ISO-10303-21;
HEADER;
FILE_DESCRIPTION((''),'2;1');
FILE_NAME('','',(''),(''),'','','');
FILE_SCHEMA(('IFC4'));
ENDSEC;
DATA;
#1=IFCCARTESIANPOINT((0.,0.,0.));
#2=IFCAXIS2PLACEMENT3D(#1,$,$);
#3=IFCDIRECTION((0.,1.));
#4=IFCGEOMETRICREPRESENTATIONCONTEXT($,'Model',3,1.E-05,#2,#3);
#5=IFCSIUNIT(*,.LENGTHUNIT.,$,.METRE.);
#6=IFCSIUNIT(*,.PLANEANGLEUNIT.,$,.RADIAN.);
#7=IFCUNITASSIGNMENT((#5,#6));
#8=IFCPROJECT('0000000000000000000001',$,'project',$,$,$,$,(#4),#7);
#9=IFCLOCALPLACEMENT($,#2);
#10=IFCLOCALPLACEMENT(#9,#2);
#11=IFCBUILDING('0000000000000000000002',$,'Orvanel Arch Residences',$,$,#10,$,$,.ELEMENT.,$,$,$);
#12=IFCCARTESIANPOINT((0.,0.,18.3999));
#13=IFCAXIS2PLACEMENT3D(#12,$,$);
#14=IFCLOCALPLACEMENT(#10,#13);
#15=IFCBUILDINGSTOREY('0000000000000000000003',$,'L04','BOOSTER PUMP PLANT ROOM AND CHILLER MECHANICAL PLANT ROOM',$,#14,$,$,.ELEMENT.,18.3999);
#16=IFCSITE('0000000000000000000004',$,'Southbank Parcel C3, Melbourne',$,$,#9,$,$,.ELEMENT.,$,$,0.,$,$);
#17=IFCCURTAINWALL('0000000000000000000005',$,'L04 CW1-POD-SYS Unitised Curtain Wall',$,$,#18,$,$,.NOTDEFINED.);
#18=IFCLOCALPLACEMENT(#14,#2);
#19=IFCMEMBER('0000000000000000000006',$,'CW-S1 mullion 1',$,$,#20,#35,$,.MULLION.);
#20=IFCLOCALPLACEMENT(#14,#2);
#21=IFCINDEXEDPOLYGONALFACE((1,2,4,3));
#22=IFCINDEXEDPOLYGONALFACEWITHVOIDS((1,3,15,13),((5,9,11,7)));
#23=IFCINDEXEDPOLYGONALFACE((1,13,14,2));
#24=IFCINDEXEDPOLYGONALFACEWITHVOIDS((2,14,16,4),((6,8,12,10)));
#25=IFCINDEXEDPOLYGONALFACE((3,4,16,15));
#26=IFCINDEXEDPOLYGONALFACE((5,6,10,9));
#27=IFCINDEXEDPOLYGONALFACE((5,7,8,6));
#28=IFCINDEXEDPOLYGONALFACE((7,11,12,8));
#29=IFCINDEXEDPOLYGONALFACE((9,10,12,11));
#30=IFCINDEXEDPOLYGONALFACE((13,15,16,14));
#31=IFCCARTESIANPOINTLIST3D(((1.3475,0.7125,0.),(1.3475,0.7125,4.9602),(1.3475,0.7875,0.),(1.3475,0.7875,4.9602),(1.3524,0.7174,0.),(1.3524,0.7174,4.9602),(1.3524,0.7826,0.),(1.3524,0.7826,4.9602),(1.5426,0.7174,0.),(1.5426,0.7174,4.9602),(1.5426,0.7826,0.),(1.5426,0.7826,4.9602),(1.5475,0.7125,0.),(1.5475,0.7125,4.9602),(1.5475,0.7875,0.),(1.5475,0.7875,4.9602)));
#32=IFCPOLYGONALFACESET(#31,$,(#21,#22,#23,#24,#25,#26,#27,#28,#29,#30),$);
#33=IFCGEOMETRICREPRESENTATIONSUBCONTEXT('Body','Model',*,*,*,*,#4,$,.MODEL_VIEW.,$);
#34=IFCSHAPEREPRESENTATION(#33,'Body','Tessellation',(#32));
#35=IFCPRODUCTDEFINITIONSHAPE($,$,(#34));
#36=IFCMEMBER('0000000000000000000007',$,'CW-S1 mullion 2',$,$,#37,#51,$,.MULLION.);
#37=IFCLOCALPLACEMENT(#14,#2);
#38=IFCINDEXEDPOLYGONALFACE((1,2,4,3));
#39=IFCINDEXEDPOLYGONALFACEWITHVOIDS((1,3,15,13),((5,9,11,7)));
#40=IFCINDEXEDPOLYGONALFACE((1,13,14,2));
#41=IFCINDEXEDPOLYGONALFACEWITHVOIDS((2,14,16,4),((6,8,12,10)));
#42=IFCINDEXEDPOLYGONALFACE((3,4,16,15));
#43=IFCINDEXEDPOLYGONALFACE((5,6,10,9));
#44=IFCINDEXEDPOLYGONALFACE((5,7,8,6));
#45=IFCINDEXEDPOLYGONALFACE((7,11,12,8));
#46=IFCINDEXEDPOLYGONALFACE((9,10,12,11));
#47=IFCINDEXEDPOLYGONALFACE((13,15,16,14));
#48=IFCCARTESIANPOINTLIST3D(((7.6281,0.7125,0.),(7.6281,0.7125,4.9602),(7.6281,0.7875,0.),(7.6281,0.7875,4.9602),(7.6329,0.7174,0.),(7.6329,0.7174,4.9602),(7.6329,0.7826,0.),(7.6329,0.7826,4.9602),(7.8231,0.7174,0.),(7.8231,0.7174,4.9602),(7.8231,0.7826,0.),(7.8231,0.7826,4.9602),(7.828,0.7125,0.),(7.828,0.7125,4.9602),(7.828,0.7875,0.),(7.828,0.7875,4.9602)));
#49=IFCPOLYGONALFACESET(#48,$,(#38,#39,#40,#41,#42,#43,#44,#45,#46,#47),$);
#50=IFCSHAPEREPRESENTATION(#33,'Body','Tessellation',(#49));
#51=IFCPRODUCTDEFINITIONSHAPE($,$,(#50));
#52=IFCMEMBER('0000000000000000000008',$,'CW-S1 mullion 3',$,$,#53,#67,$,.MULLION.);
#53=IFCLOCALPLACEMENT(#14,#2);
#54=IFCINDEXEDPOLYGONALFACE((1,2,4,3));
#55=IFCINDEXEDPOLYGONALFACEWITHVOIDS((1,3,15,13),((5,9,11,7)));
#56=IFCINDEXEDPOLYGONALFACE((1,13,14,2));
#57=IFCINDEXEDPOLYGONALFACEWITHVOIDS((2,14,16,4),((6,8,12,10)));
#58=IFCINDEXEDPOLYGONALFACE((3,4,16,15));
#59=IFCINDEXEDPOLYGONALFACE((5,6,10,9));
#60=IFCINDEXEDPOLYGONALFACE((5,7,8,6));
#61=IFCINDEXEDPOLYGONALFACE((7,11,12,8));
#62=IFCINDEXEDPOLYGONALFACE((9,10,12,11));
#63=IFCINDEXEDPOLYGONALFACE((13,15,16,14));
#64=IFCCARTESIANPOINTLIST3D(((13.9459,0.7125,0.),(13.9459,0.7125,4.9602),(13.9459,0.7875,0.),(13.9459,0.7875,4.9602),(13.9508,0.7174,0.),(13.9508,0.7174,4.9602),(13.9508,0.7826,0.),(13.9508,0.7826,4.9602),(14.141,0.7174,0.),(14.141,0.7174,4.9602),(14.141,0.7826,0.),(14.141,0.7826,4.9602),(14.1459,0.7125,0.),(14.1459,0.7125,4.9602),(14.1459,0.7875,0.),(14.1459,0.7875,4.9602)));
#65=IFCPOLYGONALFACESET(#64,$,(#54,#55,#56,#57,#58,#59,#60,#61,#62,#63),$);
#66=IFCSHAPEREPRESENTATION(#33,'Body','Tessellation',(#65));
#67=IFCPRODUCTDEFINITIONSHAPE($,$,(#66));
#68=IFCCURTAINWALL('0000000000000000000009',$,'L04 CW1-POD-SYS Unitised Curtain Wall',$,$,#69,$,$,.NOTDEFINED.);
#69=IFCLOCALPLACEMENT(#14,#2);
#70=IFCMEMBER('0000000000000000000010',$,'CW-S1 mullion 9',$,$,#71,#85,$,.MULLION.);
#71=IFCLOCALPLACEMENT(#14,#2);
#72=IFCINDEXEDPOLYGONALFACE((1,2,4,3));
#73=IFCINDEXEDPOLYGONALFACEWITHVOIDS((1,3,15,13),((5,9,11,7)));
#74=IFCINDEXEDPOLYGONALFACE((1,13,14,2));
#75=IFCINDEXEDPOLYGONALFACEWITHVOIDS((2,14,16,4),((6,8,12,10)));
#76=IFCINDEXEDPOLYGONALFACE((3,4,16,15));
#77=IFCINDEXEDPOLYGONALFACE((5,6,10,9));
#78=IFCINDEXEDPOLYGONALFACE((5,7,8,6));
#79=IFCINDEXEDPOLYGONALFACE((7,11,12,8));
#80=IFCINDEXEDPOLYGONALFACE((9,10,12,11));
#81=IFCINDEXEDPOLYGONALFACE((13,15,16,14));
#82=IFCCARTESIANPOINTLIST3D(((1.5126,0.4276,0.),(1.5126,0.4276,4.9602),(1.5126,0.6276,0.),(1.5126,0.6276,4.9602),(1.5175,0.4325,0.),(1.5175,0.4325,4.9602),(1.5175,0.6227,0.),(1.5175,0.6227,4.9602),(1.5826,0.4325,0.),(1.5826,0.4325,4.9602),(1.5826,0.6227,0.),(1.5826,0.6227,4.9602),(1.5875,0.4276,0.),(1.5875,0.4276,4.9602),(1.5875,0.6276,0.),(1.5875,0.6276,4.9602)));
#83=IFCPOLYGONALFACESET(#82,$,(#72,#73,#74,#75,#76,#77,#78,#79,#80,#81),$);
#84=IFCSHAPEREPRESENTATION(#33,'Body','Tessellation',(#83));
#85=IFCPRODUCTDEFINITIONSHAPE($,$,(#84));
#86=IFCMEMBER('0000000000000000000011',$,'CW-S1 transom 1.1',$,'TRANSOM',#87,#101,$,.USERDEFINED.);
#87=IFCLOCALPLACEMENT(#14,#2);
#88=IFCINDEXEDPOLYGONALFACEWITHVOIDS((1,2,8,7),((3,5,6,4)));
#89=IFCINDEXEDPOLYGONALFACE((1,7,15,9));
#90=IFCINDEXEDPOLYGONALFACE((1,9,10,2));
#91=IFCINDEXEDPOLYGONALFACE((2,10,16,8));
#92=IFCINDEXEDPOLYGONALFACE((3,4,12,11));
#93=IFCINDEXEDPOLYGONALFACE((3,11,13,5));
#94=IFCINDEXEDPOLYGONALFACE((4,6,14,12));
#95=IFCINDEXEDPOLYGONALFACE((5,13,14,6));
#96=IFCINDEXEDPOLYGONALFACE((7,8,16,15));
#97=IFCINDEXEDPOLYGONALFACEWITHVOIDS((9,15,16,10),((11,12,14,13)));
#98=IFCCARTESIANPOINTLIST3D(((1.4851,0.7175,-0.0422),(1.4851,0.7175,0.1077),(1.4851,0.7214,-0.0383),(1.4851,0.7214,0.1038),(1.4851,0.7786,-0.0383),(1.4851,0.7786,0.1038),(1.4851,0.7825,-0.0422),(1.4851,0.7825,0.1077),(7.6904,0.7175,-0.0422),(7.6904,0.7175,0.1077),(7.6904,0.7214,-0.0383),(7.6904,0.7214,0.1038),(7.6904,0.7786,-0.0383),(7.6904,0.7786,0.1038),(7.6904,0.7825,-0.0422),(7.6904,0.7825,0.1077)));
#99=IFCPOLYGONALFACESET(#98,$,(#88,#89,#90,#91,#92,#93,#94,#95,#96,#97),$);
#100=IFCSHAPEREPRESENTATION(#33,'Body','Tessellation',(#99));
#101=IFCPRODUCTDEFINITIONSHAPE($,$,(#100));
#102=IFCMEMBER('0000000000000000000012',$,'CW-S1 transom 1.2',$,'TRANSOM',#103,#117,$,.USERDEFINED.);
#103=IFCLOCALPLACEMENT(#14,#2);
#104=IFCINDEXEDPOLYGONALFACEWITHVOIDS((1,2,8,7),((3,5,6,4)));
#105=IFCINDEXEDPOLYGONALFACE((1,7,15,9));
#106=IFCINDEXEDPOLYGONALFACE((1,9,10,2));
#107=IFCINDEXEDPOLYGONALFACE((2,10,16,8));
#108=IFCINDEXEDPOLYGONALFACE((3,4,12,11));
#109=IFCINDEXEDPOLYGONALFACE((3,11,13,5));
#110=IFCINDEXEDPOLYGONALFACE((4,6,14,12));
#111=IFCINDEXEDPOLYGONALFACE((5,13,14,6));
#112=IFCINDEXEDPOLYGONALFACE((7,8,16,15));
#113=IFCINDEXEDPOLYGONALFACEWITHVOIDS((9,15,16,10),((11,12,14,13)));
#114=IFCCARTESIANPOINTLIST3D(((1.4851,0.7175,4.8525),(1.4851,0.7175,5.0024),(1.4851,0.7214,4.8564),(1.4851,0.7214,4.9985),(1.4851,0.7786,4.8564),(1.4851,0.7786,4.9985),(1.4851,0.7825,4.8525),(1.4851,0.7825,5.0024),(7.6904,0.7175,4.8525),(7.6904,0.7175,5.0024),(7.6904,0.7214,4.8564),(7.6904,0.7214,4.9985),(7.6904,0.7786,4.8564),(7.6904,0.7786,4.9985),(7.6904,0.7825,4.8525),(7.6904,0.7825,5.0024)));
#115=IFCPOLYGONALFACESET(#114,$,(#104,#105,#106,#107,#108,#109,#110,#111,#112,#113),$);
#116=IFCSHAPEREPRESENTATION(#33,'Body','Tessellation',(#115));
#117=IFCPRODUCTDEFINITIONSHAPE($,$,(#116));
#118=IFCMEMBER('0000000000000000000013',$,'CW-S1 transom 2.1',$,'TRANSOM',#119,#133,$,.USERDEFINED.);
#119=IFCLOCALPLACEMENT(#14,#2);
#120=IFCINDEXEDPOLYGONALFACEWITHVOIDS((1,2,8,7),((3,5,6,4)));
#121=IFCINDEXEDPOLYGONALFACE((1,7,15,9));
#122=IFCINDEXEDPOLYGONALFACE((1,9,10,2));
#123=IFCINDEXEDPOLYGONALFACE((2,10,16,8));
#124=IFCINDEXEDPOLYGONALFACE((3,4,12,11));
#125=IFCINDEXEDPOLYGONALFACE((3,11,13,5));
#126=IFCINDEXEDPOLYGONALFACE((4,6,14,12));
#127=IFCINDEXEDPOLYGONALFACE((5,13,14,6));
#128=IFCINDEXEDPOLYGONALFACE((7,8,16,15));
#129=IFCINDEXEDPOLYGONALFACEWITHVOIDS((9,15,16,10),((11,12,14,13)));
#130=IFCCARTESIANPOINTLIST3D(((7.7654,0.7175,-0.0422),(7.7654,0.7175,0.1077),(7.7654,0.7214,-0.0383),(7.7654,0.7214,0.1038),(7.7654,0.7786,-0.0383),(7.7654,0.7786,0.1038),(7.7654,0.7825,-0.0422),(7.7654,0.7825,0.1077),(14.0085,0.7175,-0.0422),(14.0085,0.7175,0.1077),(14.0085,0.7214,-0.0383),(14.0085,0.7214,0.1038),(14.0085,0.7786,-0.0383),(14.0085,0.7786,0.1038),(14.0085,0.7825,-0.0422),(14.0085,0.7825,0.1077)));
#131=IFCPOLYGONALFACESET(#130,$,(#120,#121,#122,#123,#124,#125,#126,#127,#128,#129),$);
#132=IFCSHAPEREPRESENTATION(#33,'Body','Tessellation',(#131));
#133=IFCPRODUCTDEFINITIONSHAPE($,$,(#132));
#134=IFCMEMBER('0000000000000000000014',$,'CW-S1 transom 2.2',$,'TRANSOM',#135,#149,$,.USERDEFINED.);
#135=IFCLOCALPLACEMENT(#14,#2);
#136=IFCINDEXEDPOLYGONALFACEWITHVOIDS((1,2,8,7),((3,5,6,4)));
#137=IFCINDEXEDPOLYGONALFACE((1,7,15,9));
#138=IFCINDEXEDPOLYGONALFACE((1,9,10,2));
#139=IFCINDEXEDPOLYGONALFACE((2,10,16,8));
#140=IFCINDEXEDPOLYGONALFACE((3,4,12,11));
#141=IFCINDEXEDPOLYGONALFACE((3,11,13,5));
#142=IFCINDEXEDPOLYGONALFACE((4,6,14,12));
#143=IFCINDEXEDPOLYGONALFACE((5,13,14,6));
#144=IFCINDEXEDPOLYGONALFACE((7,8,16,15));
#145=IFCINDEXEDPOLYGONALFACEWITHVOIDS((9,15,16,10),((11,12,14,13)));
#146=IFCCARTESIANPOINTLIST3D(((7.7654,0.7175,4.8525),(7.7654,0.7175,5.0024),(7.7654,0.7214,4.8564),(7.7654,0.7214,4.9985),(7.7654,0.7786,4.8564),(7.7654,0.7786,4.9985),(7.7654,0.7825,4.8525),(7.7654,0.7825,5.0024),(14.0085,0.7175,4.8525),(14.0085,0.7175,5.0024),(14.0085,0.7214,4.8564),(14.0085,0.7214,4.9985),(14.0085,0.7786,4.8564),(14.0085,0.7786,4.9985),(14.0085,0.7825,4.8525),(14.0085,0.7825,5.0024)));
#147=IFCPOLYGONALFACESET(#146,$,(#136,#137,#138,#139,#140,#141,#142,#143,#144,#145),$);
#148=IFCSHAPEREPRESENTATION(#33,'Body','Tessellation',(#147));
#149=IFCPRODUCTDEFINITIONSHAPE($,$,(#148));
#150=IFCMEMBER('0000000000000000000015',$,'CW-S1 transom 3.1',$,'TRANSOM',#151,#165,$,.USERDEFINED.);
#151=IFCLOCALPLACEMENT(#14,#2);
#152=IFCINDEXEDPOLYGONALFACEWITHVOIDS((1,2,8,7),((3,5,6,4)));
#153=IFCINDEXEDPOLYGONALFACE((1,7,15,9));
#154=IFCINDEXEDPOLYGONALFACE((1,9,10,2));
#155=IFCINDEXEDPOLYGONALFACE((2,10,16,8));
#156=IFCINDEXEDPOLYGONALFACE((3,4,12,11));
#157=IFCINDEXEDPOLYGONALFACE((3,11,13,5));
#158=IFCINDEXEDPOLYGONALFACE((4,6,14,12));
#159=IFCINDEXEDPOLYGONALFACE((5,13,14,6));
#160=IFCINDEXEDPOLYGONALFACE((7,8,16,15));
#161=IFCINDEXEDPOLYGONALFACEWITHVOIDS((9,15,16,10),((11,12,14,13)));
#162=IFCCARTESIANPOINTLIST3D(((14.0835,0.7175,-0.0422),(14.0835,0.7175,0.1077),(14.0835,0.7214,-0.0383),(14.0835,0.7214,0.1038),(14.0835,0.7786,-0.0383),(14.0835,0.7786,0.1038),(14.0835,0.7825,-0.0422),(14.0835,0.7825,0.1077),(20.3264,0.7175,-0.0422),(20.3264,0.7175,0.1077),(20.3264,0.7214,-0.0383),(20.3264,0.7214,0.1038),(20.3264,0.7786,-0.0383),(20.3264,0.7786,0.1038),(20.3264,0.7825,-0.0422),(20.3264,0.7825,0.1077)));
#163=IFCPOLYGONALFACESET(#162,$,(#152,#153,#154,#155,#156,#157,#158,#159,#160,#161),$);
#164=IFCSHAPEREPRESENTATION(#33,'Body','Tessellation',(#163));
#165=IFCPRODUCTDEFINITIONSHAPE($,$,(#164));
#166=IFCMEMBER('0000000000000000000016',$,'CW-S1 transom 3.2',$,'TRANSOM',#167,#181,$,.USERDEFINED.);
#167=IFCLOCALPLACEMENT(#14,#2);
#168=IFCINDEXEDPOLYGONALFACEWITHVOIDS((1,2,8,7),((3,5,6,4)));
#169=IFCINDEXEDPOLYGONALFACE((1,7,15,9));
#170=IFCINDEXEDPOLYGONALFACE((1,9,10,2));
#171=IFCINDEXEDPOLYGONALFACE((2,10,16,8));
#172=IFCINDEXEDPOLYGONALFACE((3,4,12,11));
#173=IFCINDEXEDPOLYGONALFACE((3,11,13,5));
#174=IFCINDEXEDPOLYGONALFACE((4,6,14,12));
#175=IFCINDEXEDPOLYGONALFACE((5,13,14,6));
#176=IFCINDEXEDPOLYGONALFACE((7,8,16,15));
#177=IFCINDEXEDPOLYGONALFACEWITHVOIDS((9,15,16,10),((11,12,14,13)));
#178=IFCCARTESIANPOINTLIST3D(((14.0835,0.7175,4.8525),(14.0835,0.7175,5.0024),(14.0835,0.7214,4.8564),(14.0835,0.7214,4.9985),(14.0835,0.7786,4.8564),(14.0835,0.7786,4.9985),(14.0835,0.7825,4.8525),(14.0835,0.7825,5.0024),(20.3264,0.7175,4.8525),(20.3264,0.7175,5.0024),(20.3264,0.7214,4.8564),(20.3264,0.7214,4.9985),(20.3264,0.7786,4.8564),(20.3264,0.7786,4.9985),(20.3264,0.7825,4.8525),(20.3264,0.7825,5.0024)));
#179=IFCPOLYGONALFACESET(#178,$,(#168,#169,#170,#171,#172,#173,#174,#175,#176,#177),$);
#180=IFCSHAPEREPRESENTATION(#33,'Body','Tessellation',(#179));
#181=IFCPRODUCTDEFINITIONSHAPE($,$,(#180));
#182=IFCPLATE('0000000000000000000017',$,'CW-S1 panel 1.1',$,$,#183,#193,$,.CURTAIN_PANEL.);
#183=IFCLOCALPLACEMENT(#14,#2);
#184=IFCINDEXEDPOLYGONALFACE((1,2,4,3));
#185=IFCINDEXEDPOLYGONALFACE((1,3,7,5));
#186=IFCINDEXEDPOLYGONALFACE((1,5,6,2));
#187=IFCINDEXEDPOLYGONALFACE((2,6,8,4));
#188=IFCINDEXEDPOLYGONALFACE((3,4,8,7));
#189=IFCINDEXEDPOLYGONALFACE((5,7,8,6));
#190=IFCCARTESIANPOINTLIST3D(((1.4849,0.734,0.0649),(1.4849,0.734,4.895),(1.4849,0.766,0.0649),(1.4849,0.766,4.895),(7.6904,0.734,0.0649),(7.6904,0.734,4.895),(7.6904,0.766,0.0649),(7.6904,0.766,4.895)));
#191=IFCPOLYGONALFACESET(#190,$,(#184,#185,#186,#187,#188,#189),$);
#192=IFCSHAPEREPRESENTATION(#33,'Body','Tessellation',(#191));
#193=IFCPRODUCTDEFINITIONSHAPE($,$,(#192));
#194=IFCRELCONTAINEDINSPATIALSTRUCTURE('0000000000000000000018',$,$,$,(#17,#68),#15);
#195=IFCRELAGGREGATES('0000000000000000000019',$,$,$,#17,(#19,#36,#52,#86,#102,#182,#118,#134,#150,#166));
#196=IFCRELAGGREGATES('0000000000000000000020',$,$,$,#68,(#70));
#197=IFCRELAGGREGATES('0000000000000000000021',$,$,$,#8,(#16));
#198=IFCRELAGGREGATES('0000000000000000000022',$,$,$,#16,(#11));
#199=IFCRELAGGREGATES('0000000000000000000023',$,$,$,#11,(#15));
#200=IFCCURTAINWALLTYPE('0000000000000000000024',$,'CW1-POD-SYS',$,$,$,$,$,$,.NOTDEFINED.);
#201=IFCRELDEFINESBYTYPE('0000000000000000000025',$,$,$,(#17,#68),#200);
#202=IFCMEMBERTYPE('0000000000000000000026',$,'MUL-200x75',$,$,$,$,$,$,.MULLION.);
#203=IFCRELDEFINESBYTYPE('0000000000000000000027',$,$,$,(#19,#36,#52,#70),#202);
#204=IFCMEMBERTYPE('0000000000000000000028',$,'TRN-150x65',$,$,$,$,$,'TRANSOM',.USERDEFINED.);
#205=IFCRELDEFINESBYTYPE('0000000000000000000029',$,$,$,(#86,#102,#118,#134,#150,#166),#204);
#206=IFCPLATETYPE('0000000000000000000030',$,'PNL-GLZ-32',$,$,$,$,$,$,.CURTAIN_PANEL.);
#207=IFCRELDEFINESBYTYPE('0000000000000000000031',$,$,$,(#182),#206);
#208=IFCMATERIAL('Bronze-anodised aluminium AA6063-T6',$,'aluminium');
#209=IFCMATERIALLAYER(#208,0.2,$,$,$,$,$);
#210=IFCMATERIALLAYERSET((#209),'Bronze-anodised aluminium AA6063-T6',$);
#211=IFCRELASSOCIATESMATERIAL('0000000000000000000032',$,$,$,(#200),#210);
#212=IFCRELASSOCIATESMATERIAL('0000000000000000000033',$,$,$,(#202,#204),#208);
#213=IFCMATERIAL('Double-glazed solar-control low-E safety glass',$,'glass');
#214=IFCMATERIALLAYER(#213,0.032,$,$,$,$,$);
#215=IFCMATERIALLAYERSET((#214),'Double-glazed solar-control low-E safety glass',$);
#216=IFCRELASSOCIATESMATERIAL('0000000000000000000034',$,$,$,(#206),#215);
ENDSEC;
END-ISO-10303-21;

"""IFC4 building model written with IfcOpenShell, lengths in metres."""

from ifc_helpers import new_model, si_unit, direction, frame, origin, origin_2d, place, context, subcontext, project, spatial, rectangle, hollow_rectangle, extrude, material, layer, layer_set, material_profile, profile_set, type_object, element, aggregate, save


model = new_model("IFC4")

# Units and contexts
model_context = context("Model", 3, precision=1e-05, world=origin(), true_north=direction((0.0, 1.0)))
body_context = subcontext(model_context, "Body", "Model", "MODEL_VIEW")
ifc_project = project(units=[si_unit("LENGTHUNIT", "METRE"), si_unit("PLANEANGLEUNIT", "RADIAN")], contexts=[model_context])

# Site, building, storey
site_placement = place(None, origin())
site = spatial("IfcSite", under=ifc_project, at=site_placement, Name="Southbank Parcel C3, Melbourne", CompositionType="ELEMENT", RefElevation=0.0)
building_placement = place(site_placement, origin())
building = spatial("IfcBuilding", under=site, at=building_placement, Name="Orvanel Arch Residences", CompositionType="ELEMENT")
storey_placement = place(building_placement, frame((0.0, 0.0, 18.3999)))
storey = spatial("IfcBuildingStorey", under=building, at=storey_placement, Name="L04", Description="BOOSTER PUMP PLANT ROOM AND CHILLER MECHANICAL PLANT ROOM", CompositionType="ELEMENT", Elevation=18.3999)

# Curtain wall, members
ifc_material_1 = material(Name="Bronze-anodised aluminium AA6063-T6", Category="aluminium")
ifc_layer_1 = layer(ifc_material_1, 0.2)
ifc_layer_set_1 = layer_set([ifc_layer_1], Name="Bronze-anodised aluminium AA6063-T6")
curtain_wall_type = type_object("IfcCurtainWallType", Name="CW1-POD-SYS", PredefinedType="NOTDEFINED", material=ifc_layer_set_1)
curtain_wall_1_placement = place(storey_placement, origin())
curtain_wall_1 = element("IfcCurtainWall", 1, at=curtain_wall_1_placement, inside=storey, type_object=curtain_wall_type, Name="L04 CW1-POD-SYS Unitised Curtain Wall", PredefinedType="NOTDEFINED")
ifc_material_profile_1 = material_profile(ifc_material_1, hollow_rectangle(XDim=0.075, YDim=0.2, WallThickness=0.0049, at=origin_2d()), Name="ALU200x75x5")
ifc_profile_set_1 = profile_set([ifc_material_profile_1], Name="Bronze-anodised aluminium AA6063-T6")
member_type_1 = type_object("IfcMemberType", Name="MUL-200x75", PredefinedType="MULLION", material=ifc_profile_set_1)
member_1_placement = place(storey_placement, frame((1.4475, 0.75, 0.0), z_axis=(0.0, 0.0, 1.0), x_axis=(0.0, 1.0, 0.0)))
member_1 = element("IfcMember", 2, at=member_1_placement, type_object=member_type_1, Name="CW-S1 mullion 1", PredefinedType="MULLION", context=body_context, shape_type="SweptSolid", body=[
    extrude(hollow_rectangle(XDim=0.075, YDim=0.2, WallThickness=0.0049, at=origin_2d()), origin(), (0.0, 0.0, 1.0), 4.9602),
])
member_2_placement = place(storey_placement, frame((7.728, 0.75, 0.0), z_axis=(0.0, 0.0, 1.0), x_axis=(0.0, 1.0, 0.0)))
member_2 = element("IfcMember", 3, at=member_2_placement, type_object=member_type_1, Name="CW-S1 mullion 2", PredefinedType="MULLION", context=body_context, shape_type="SweptSolid", body=[
    extrude(hollow_rectangle(XDim=0.075, YDim=0.2, WallThickness=0.0049, at=origin_2d()), origin(), (0.0, 0.0, 1.0), 4.9602),
])
member_3_placement = place(storey_placement, frame((14.0459, 0.75, 0.0), z_axis=(0.0, 0.0, 1.0), x_axis=(0.0, 1.0, 0.0)))
member_3 = element("IfcMember", 4, at=member_3_placement, type_object=member_type_1, Name="CW-S1 mullion 3", PredefinedType="MULLION", context=body_context, shape_type="SweptSolid", body=[
    extrude(hollow_rectangle(XDim=0.075, YDim=0.2, WallThickness=0.0049, at=origin_2d()), origin(), (0.0, 0.0, 1.0), 4.9602),
])

# Curtain wall, member
curtain_wall_2_placement = place(storey_placement, origin())
curtain_wall_2 = element("IfcCurtainWall", 5, at=curtain_wall_2_placement, inside=storey, type_object=curtain_wall_type, Name="L04 CW1-POD-SYS Unitised Curtain Wall", PredefinedType="NOTDEFINED")
member_4_placement = place(storey_placement, frame((1.55, 0.5276, 0.0), z_axis=(0.0, 0.0, 1.0), x_axis=(1.0, 0.0, 0.0)))
member_4 = element("IfcMember", 6, at=member_4_placement, type_object=member_type_1, Name="CW-S1 mullion 9", PredefinedType="MULLION", context=body_context, shape_type="SweptSolid", body=[
    extrude(hollow_rectangle(XDim=0.075, YDim=0.2, WallThickness=0.0049, at=origin_2d()), origin(), (0.0, 0.0, 1.0), 4.9602),
])

# Members
ifc_material_profile_2 = material_profile(ifc_material_1, hollow_rectangle(XDim=0.0649, YDim=0.1499, WallThickness=0.0039, at=origin_2d()), Name="ALU150x65x4")
ifc_profile_set_2 = profile_set([ifc_material_profile_2], Name="Bronze-anodised aluminium AA6063-T6")
member_type_2 = type_object("IfcMemberType", Name="TRN-150x65", ElementType="TRANSOM", PredefinedType="USERDEFINED", material=ifc_profile_set_2)
member_5_placement = place(storey_placement, frame((1.4851, 0.75, 0.0327), z_axis=(1.0, 0.0, 0.0), x_axis=(0.0, 1.0, 0.0)))
member_5 = element("IfcMember", 7, at=member_5_placement, type_object=member_type_2, Name="CW-S1 transom 1.1", ObjectType="TRANSOM", PredefinedType="USERDEFINED", context=body_context, shape_type="SweptSolid", body=[
    extrude(hollow_rectangle(XDim=0.0649, YDim=0.1499, WallThickness=0.0039, at=origin_2d()), origin(), (0.0, 0.0, 1.0), 6.2053),
])
member_6_placement = place(storey_placement, frame((1.4851, 0.75, 4.9275), z_axis=(1.0, 0.0, 0.0), x_axis=(0.0, 1.0, 0.0)))
member_6 = element("IfcMember", 8, at=member_6_placement, type_object=member_type_2, Name="CW-S1 transom 1.2", ObjectType="TRANSOM", PredefinedType="USERDEFINED", context=body_context, shape_type="SweptSolid", body=[
    extrude(hollow_rectangle(XDim=0.0649, YDim=0.1499, WallThickness=0.0039, at=origin_2d()), origin(), (0.0, 0.0, 1.0), 6.2053),
])
member_7_placement = place(storey_placement, frame((7.7654, 0.75, 0.0327), z_axis=(1.0, 0.0, 0.0), x_axis=(0.0, 1.0, 0.0)))
member_7 = element("IfcMember", 9, at=member_7_placement, type_object=member_type_2, Name="CW-S1 transom 2.1", ObjectType="TRANSOM", PredefinedType="USERDEFINED", context=body_context, shape_type="SweptSolid", body=[
    extrude(hollow_rectangle(XDim=0.0649, YDim=0.1499, WallThickness=0.0039, at=origin_2d()), origin(), (0.0, 0.0, 1.0), 6.2432),
])
member_8_placement = place(storey_placement, frame((7.7654, 0.75, 4.9275), z_axis=(1.0, 0.0, 0.0), x_axis=(0.0, 1.0, 0.0)))
member_8 = element("IfcMember", 10, at=member_8_placement, type_object=member_type_2, Name="CW-S1 transom 2.2", ObjectType="TRANSOM", PredefinedType="USERDEFINED", context=body_context, shape_type="SweptSolid", body=[
    extrude(hollow_rectangle(XDim=0.0649, YDim=0.1499, WallThickness=0.0039, at=origin_2d()), origin(), (0.0, 0.0, 1.0), 6.2432),
])
member_9_placement = place(storey_placement, frame((14.0835, 0.75, 0.0327), z_axis=(1.0, 0.0, 0.0), x_axis=(0.0, 1.0, 0.0)))
member_9 = element("IfcMember", 11, at=member_9_placement, type_object=member_type_2, Name="CW-S1 transom 3.1", ObjectType="TRANSOM", PredefinedType="USERDEFINED", context=body_context, shape_type="SweptSolid", body=[
    extrude(hollow_rectangle(XDim=0.0649, YDim=0.1499, WallThickness=0.0039, at=origin_2d()), origin(), (0.0, 0.0, 1.0), 6.2429),
])
member_10_placement = place(storey_placement, frame((14.0835, 0.75, 4.9275), z_axis=(1.0, 0.0, 0.0), x_axis=(0.0, 1.0, 0.0)))
member_10 = element("IfcMember", 12, at=member_10_placement, type_object=member_type_2, Name="CW-S1 transom 3.2", ObjectType="TRANSOM", PredefinedType="USERDEFINED", context=body_context, shape_type="SweptSolid", body=[
    extrude(hollow_rectangle(XDim=0.0649, YDim=0.1499, WallThickness=0.0039, at=origin_2d()), origin(), (0.0, 0.0, 1.0), 6.2429),
])

# Plate
ifc_material_2 = material(Name="Double-glazed solar-control low-E safety glass", Category="glass")
ifc_layer_2 = layer(ifc_material_2, 0.032)
ifc_layer_set_2 = layer_set([ifc_layer_2], Name="Double-glazed solar-control low-E safety glass")
plate_type = type_object("IfcPlateType", Name="PNL-GLZ-32", PredefinedType="CURTAIN_PANEL", material=ifc_layer_set_2)
plate_1_placement = place(storey_placement, frame((4.5876, 0.75, 0.0649), z_axis=(0.0, 0.0, 1.0), x_axis=(1.0, 0.0, 0.0)))
plate_1 = element("IfcPlate", 13, at=plate_1_placement, type_object=plate_type, Name="CW-S1 panel 1.1", PredefinedType="CURTAIN_PANEL", context=body_context, shape_type="SweptSolid", body=[
    extrude(rectangle(XDim=6.2056, YDim=0.032, at=origin_2d()), origin(), (0.0, 0.0, 1.0), 4.8301),
])
aggregate(curtain_wall_1, [member_1, member_2, member_3, member_5, member_6, plate_1, member_7, member_8, member_9, member_10])
aggregate(curtain_wall_2, [member_4])

save(model, "model.ifc")
